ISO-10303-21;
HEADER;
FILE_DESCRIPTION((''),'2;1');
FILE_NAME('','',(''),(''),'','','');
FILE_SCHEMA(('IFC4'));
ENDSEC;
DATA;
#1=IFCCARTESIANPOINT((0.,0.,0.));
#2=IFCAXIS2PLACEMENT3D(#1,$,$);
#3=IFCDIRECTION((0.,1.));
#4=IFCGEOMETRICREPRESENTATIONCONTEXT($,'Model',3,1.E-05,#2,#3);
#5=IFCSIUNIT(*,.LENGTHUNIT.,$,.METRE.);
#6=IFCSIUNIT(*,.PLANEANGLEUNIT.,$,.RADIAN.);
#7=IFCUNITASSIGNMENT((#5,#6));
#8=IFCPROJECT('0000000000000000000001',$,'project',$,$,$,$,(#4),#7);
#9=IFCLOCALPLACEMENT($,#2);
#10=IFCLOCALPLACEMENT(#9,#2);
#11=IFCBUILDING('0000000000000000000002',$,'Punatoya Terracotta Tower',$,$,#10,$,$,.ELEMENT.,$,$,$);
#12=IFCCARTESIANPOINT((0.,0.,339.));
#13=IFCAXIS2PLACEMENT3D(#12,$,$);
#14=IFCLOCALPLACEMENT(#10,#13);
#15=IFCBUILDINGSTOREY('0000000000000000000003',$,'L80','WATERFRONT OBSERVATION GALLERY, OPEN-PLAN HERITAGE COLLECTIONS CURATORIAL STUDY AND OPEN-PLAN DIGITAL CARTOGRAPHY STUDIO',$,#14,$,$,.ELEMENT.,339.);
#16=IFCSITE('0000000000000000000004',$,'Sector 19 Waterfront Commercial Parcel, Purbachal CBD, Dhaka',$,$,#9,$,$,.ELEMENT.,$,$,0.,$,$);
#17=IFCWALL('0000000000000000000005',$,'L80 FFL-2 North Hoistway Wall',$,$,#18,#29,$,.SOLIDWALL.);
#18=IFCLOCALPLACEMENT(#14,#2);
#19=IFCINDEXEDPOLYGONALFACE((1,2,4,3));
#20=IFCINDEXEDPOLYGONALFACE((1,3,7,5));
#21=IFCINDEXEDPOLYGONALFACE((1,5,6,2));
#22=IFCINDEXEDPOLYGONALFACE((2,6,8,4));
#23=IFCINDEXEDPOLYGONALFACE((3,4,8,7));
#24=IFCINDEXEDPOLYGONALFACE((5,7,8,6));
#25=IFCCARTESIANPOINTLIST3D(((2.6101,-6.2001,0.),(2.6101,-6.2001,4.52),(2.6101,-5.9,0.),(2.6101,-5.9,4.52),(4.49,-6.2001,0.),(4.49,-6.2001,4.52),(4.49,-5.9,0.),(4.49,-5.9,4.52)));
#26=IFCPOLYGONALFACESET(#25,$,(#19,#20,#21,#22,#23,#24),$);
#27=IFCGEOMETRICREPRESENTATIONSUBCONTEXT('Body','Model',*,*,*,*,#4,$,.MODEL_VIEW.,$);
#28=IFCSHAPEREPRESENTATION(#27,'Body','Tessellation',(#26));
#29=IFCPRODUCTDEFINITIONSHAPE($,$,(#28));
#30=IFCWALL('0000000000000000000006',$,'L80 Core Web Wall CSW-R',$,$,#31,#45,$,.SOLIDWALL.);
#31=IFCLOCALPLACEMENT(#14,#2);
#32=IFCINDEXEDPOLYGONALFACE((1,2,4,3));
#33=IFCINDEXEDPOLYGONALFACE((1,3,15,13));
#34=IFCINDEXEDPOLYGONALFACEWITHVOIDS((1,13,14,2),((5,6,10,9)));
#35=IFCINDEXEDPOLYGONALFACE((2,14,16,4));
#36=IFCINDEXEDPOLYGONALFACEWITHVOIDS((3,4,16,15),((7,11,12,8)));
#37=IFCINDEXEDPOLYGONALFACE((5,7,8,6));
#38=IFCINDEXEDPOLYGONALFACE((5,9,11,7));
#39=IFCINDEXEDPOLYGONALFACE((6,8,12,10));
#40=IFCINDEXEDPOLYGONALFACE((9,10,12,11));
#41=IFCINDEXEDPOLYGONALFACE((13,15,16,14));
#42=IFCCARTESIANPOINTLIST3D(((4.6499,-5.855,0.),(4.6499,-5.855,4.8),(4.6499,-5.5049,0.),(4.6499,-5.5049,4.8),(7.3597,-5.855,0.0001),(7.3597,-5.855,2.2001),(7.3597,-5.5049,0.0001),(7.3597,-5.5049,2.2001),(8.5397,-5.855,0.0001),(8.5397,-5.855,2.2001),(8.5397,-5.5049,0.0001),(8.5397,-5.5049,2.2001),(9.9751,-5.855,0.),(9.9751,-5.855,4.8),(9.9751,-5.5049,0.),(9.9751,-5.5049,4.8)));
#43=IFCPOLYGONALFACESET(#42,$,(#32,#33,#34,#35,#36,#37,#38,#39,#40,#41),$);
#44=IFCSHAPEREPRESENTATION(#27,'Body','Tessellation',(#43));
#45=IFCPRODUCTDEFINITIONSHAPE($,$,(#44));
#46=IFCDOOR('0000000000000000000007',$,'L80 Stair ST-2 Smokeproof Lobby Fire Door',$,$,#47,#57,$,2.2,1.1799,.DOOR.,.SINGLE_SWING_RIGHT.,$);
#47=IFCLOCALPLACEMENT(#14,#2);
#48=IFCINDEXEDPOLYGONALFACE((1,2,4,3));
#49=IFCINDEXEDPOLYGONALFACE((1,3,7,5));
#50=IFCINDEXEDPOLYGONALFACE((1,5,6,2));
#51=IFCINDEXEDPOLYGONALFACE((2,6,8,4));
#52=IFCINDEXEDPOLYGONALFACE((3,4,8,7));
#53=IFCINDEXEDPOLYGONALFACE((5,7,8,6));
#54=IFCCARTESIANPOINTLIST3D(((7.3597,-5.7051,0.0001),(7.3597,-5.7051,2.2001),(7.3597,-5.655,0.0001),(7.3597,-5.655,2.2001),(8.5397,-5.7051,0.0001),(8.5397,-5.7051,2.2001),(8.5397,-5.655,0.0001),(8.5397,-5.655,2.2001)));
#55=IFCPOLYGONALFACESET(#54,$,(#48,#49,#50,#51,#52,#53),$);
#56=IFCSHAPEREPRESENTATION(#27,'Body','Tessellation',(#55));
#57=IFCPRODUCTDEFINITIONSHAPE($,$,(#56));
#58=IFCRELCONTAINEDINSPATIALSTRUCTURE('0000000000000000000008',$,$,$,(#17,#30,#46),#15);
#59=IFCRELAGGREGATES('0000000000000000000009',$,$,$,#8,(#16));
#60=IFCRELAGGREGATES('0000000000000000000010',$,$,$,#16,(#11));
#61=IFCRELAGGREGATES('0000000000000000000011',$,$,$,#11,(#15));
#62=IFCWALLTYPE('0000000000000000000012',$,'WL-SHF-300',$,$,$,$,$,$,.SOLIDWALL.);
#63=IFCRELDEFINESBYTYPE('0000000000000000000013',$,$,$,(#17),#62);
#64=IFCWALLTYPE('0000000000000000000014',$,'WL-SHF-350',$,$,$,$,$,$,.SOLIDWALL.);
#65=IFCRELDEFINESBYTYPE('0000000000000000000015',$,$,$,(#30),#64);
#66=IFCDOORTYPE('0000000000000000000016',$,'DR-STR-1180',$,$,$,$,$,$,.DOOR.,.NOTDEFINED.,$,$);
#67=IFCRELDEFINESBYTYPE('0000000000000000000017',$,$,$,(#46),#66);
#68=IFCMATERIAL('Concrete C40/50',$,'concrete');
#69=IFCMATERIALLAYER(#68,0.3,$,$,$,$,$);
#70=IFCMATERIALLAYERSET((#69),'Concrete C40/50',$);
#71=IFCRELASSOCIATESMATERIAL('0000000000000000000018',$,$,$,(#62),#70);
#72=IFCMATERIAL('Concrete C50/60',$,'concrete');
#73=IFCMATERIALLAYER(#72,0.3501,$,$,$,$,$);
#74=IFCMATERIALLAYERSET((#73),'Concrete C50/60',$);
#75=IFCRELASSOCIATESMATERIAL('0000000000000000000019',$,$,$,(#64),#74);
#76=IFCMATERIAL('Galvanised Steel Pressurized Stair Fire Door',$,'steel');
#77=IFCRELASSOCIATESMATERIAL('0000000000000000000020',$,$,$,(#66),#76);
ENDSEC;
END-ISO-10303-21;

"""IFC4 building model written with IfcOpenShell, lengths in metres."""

from ifc_helpers import new_model, si_unit, direction, frame, frame_2d, origin, place, context, subcontext, project, spatial, rectangle, extrude, material, layer, layer_set, type_object, element, fill, save


model = new_model("IFC4")

# Units and contexts
model_context = context("Model", 3, precision=1e-05, world=origin(), true_north=direction((0.0, 1.0)))
body_context = subcontext(model_context, "Body", "Model", "MODEL_VIEW")
ifc_project = project(units=[si_unit("LENGTHUNIT", "METRE"), si_unit("PLANEANGLEUNIT", "RADIAN")], contexts=[model_context])

# Site, building, storey
site_placement = place(None, origin())
site = spatial("IfcSite", under=ifc_project, at=site_placement, Name="Sector 19 Waterfront Commercial Parcel, Purbachal CBD, Dhaka", CompositionType="ELEMENT", RefElevation=0.0)
building_placement = place(site_placement, origin())
building = spatial("IfcBuilding", under=site, at=building_placement, Name="Punatoya Terracotta Tower", CompositionType="ELEMENT")
storey_placement = place(building_placement, frame((0.0, 0.0, 339.0)))
storey = spatial("IfcBuildingStorey", under=building, at=storey_placement, Name="L80", Description="WATERFRONT OBSERVATION GALLERY, OPEN-PLAN HERITAGE COLLECTIONS CURATORIAL STUDY AND OPEN-PLAN DIGITAL CARTOGRAPHY STUDIO", CompositionType="ELEMENT", Elevation=339.0)

# Shared definitions
ifc_material_1 = material(Name="Concrete C40/50", Category="concrete")

# Shared definitions
ifc_layer_1 = layer(ifc_material_1, 0.3)
ifc_layer_set_1 = layer_set([ifc_layer_1], Name="Concrete C40/50")
wall_type_1 = type_object("IfcWallType", Name="WL-SHF-300", PredefinedType="SOLIDWALL", material=ifc_layer_set_1)

# Wall
wall_1_placement = place(storey_placement, frame((2.6101, -6.05, 0.0), z_axis=(0.0, 0.0, 1.0), x_axis=(1.0, 0.0, 0.0)))
element("IfcWall", 1, at=wall_1_placement, inside=storey, type_object=wall_type_1, Name="L80 FFL-2 North Hoistway Wall", PredefinedType="SOLIDWALL", context=body_context, shape_type="SweptSolid", body=[
    extrude(rectangle(XDim=1.8799, YDim=0.3, at=frame_2d((0.9399, 0.0))), origin(), (0.0, 0.0, 1.0), 4.52),
])

# Wall, opening, door
ifc_material_2 = material(Name="Concrete C50/60", Category="concrete")
ifc_layer_2 = layer(ifc_material_2, 0.3501)
ifc_layer_set_2 = layer_set([ifc_layer_2], Name="Concrete C50/60")
wall_type_2 = type_object("IfcWallType", Name="WL-SHF-350", PredefinedType="SOLIDWALL", material=ifc_layer_set_2)
wall_2_placement = place(storey_placement, frame((4.6499, -5.6799, 0.0), z_axis=(0.0, 0.0, 1.0), x_axis=(1.0, 0.0, 0.0)))
wall_2 = element("IfcWall", 2, at=wall_2_placement, inside=storey, type_object=wall_type_2, Name="L80 Core Web Wall CSW-R", PredefinedType="SOLIDWALL", context=body_context, shape_type="SweptSolid", body=[
    extrude(rectangle(XDim=5.3252, YDim=0.3501, at=frame_2d((2.6626, 0.0))), origin(), (0.0, 0.0, 1.0), 4.8),
])
opening_1_placement = place(wall_2_placement, frame((2.71, 0.0, 0.0)))
opening_1 = element("IfcOpeningElement", 3, at=opening_1_placement, cuts=wall_2, PredefinedType="OPENING", context=body_context, shape_type="SweptSolid", body=[
    extrude(rectangle(XDim=1.1799, YDim=2.2, at=frame_2d((0.5898, 1.1001))), frame((0.0, 0.1851, 0.0), z_axis=(0.0, -1.0, 0.0), x_axis=(1.0, 0.0, 0.0)), (0.0, 0.0, 1.0), 0.3701),
])
ifc_material_3 = material(Name="Galvanised Steel Pressurized Stair Fire Door", Category="steel")
door_type_1 = type_object("IfcDoorType", Name="DR-STR-1180", OperationType="NOTDEFINED", PredefinedType="DOOR", material=ifc_material_3)
door_1_placement = place(opening_1_placement, origin())
door_1 = element("IfcDoor", 4, at=door_1_placement, inside=storey, type_object=door_type_1, Name="L80 Stair ST-2 Smokeproof Lobby Fire Door", OperationType="SINGLE_SWING_RIGHT", OverallHeight=2.2, OverallWidth=1.1799, PredefinedType="DOOR", context=body_context, shape_type="SweptSolid", body=[
    extrude(rectangle(XDim=1.1799, YDim=2.2, at=frame_2d((0.5898, 1.1001))), frame((0.0, 0.0249, 0.0), z_axis=(0.0, -1.0, 0.0), x_axis=(1.0, 0.0, 0.0)), (0.0, 0.0, 1.0), 0.05),
])
fill(opening_1, door_1)

save(model, "model.ifc")
